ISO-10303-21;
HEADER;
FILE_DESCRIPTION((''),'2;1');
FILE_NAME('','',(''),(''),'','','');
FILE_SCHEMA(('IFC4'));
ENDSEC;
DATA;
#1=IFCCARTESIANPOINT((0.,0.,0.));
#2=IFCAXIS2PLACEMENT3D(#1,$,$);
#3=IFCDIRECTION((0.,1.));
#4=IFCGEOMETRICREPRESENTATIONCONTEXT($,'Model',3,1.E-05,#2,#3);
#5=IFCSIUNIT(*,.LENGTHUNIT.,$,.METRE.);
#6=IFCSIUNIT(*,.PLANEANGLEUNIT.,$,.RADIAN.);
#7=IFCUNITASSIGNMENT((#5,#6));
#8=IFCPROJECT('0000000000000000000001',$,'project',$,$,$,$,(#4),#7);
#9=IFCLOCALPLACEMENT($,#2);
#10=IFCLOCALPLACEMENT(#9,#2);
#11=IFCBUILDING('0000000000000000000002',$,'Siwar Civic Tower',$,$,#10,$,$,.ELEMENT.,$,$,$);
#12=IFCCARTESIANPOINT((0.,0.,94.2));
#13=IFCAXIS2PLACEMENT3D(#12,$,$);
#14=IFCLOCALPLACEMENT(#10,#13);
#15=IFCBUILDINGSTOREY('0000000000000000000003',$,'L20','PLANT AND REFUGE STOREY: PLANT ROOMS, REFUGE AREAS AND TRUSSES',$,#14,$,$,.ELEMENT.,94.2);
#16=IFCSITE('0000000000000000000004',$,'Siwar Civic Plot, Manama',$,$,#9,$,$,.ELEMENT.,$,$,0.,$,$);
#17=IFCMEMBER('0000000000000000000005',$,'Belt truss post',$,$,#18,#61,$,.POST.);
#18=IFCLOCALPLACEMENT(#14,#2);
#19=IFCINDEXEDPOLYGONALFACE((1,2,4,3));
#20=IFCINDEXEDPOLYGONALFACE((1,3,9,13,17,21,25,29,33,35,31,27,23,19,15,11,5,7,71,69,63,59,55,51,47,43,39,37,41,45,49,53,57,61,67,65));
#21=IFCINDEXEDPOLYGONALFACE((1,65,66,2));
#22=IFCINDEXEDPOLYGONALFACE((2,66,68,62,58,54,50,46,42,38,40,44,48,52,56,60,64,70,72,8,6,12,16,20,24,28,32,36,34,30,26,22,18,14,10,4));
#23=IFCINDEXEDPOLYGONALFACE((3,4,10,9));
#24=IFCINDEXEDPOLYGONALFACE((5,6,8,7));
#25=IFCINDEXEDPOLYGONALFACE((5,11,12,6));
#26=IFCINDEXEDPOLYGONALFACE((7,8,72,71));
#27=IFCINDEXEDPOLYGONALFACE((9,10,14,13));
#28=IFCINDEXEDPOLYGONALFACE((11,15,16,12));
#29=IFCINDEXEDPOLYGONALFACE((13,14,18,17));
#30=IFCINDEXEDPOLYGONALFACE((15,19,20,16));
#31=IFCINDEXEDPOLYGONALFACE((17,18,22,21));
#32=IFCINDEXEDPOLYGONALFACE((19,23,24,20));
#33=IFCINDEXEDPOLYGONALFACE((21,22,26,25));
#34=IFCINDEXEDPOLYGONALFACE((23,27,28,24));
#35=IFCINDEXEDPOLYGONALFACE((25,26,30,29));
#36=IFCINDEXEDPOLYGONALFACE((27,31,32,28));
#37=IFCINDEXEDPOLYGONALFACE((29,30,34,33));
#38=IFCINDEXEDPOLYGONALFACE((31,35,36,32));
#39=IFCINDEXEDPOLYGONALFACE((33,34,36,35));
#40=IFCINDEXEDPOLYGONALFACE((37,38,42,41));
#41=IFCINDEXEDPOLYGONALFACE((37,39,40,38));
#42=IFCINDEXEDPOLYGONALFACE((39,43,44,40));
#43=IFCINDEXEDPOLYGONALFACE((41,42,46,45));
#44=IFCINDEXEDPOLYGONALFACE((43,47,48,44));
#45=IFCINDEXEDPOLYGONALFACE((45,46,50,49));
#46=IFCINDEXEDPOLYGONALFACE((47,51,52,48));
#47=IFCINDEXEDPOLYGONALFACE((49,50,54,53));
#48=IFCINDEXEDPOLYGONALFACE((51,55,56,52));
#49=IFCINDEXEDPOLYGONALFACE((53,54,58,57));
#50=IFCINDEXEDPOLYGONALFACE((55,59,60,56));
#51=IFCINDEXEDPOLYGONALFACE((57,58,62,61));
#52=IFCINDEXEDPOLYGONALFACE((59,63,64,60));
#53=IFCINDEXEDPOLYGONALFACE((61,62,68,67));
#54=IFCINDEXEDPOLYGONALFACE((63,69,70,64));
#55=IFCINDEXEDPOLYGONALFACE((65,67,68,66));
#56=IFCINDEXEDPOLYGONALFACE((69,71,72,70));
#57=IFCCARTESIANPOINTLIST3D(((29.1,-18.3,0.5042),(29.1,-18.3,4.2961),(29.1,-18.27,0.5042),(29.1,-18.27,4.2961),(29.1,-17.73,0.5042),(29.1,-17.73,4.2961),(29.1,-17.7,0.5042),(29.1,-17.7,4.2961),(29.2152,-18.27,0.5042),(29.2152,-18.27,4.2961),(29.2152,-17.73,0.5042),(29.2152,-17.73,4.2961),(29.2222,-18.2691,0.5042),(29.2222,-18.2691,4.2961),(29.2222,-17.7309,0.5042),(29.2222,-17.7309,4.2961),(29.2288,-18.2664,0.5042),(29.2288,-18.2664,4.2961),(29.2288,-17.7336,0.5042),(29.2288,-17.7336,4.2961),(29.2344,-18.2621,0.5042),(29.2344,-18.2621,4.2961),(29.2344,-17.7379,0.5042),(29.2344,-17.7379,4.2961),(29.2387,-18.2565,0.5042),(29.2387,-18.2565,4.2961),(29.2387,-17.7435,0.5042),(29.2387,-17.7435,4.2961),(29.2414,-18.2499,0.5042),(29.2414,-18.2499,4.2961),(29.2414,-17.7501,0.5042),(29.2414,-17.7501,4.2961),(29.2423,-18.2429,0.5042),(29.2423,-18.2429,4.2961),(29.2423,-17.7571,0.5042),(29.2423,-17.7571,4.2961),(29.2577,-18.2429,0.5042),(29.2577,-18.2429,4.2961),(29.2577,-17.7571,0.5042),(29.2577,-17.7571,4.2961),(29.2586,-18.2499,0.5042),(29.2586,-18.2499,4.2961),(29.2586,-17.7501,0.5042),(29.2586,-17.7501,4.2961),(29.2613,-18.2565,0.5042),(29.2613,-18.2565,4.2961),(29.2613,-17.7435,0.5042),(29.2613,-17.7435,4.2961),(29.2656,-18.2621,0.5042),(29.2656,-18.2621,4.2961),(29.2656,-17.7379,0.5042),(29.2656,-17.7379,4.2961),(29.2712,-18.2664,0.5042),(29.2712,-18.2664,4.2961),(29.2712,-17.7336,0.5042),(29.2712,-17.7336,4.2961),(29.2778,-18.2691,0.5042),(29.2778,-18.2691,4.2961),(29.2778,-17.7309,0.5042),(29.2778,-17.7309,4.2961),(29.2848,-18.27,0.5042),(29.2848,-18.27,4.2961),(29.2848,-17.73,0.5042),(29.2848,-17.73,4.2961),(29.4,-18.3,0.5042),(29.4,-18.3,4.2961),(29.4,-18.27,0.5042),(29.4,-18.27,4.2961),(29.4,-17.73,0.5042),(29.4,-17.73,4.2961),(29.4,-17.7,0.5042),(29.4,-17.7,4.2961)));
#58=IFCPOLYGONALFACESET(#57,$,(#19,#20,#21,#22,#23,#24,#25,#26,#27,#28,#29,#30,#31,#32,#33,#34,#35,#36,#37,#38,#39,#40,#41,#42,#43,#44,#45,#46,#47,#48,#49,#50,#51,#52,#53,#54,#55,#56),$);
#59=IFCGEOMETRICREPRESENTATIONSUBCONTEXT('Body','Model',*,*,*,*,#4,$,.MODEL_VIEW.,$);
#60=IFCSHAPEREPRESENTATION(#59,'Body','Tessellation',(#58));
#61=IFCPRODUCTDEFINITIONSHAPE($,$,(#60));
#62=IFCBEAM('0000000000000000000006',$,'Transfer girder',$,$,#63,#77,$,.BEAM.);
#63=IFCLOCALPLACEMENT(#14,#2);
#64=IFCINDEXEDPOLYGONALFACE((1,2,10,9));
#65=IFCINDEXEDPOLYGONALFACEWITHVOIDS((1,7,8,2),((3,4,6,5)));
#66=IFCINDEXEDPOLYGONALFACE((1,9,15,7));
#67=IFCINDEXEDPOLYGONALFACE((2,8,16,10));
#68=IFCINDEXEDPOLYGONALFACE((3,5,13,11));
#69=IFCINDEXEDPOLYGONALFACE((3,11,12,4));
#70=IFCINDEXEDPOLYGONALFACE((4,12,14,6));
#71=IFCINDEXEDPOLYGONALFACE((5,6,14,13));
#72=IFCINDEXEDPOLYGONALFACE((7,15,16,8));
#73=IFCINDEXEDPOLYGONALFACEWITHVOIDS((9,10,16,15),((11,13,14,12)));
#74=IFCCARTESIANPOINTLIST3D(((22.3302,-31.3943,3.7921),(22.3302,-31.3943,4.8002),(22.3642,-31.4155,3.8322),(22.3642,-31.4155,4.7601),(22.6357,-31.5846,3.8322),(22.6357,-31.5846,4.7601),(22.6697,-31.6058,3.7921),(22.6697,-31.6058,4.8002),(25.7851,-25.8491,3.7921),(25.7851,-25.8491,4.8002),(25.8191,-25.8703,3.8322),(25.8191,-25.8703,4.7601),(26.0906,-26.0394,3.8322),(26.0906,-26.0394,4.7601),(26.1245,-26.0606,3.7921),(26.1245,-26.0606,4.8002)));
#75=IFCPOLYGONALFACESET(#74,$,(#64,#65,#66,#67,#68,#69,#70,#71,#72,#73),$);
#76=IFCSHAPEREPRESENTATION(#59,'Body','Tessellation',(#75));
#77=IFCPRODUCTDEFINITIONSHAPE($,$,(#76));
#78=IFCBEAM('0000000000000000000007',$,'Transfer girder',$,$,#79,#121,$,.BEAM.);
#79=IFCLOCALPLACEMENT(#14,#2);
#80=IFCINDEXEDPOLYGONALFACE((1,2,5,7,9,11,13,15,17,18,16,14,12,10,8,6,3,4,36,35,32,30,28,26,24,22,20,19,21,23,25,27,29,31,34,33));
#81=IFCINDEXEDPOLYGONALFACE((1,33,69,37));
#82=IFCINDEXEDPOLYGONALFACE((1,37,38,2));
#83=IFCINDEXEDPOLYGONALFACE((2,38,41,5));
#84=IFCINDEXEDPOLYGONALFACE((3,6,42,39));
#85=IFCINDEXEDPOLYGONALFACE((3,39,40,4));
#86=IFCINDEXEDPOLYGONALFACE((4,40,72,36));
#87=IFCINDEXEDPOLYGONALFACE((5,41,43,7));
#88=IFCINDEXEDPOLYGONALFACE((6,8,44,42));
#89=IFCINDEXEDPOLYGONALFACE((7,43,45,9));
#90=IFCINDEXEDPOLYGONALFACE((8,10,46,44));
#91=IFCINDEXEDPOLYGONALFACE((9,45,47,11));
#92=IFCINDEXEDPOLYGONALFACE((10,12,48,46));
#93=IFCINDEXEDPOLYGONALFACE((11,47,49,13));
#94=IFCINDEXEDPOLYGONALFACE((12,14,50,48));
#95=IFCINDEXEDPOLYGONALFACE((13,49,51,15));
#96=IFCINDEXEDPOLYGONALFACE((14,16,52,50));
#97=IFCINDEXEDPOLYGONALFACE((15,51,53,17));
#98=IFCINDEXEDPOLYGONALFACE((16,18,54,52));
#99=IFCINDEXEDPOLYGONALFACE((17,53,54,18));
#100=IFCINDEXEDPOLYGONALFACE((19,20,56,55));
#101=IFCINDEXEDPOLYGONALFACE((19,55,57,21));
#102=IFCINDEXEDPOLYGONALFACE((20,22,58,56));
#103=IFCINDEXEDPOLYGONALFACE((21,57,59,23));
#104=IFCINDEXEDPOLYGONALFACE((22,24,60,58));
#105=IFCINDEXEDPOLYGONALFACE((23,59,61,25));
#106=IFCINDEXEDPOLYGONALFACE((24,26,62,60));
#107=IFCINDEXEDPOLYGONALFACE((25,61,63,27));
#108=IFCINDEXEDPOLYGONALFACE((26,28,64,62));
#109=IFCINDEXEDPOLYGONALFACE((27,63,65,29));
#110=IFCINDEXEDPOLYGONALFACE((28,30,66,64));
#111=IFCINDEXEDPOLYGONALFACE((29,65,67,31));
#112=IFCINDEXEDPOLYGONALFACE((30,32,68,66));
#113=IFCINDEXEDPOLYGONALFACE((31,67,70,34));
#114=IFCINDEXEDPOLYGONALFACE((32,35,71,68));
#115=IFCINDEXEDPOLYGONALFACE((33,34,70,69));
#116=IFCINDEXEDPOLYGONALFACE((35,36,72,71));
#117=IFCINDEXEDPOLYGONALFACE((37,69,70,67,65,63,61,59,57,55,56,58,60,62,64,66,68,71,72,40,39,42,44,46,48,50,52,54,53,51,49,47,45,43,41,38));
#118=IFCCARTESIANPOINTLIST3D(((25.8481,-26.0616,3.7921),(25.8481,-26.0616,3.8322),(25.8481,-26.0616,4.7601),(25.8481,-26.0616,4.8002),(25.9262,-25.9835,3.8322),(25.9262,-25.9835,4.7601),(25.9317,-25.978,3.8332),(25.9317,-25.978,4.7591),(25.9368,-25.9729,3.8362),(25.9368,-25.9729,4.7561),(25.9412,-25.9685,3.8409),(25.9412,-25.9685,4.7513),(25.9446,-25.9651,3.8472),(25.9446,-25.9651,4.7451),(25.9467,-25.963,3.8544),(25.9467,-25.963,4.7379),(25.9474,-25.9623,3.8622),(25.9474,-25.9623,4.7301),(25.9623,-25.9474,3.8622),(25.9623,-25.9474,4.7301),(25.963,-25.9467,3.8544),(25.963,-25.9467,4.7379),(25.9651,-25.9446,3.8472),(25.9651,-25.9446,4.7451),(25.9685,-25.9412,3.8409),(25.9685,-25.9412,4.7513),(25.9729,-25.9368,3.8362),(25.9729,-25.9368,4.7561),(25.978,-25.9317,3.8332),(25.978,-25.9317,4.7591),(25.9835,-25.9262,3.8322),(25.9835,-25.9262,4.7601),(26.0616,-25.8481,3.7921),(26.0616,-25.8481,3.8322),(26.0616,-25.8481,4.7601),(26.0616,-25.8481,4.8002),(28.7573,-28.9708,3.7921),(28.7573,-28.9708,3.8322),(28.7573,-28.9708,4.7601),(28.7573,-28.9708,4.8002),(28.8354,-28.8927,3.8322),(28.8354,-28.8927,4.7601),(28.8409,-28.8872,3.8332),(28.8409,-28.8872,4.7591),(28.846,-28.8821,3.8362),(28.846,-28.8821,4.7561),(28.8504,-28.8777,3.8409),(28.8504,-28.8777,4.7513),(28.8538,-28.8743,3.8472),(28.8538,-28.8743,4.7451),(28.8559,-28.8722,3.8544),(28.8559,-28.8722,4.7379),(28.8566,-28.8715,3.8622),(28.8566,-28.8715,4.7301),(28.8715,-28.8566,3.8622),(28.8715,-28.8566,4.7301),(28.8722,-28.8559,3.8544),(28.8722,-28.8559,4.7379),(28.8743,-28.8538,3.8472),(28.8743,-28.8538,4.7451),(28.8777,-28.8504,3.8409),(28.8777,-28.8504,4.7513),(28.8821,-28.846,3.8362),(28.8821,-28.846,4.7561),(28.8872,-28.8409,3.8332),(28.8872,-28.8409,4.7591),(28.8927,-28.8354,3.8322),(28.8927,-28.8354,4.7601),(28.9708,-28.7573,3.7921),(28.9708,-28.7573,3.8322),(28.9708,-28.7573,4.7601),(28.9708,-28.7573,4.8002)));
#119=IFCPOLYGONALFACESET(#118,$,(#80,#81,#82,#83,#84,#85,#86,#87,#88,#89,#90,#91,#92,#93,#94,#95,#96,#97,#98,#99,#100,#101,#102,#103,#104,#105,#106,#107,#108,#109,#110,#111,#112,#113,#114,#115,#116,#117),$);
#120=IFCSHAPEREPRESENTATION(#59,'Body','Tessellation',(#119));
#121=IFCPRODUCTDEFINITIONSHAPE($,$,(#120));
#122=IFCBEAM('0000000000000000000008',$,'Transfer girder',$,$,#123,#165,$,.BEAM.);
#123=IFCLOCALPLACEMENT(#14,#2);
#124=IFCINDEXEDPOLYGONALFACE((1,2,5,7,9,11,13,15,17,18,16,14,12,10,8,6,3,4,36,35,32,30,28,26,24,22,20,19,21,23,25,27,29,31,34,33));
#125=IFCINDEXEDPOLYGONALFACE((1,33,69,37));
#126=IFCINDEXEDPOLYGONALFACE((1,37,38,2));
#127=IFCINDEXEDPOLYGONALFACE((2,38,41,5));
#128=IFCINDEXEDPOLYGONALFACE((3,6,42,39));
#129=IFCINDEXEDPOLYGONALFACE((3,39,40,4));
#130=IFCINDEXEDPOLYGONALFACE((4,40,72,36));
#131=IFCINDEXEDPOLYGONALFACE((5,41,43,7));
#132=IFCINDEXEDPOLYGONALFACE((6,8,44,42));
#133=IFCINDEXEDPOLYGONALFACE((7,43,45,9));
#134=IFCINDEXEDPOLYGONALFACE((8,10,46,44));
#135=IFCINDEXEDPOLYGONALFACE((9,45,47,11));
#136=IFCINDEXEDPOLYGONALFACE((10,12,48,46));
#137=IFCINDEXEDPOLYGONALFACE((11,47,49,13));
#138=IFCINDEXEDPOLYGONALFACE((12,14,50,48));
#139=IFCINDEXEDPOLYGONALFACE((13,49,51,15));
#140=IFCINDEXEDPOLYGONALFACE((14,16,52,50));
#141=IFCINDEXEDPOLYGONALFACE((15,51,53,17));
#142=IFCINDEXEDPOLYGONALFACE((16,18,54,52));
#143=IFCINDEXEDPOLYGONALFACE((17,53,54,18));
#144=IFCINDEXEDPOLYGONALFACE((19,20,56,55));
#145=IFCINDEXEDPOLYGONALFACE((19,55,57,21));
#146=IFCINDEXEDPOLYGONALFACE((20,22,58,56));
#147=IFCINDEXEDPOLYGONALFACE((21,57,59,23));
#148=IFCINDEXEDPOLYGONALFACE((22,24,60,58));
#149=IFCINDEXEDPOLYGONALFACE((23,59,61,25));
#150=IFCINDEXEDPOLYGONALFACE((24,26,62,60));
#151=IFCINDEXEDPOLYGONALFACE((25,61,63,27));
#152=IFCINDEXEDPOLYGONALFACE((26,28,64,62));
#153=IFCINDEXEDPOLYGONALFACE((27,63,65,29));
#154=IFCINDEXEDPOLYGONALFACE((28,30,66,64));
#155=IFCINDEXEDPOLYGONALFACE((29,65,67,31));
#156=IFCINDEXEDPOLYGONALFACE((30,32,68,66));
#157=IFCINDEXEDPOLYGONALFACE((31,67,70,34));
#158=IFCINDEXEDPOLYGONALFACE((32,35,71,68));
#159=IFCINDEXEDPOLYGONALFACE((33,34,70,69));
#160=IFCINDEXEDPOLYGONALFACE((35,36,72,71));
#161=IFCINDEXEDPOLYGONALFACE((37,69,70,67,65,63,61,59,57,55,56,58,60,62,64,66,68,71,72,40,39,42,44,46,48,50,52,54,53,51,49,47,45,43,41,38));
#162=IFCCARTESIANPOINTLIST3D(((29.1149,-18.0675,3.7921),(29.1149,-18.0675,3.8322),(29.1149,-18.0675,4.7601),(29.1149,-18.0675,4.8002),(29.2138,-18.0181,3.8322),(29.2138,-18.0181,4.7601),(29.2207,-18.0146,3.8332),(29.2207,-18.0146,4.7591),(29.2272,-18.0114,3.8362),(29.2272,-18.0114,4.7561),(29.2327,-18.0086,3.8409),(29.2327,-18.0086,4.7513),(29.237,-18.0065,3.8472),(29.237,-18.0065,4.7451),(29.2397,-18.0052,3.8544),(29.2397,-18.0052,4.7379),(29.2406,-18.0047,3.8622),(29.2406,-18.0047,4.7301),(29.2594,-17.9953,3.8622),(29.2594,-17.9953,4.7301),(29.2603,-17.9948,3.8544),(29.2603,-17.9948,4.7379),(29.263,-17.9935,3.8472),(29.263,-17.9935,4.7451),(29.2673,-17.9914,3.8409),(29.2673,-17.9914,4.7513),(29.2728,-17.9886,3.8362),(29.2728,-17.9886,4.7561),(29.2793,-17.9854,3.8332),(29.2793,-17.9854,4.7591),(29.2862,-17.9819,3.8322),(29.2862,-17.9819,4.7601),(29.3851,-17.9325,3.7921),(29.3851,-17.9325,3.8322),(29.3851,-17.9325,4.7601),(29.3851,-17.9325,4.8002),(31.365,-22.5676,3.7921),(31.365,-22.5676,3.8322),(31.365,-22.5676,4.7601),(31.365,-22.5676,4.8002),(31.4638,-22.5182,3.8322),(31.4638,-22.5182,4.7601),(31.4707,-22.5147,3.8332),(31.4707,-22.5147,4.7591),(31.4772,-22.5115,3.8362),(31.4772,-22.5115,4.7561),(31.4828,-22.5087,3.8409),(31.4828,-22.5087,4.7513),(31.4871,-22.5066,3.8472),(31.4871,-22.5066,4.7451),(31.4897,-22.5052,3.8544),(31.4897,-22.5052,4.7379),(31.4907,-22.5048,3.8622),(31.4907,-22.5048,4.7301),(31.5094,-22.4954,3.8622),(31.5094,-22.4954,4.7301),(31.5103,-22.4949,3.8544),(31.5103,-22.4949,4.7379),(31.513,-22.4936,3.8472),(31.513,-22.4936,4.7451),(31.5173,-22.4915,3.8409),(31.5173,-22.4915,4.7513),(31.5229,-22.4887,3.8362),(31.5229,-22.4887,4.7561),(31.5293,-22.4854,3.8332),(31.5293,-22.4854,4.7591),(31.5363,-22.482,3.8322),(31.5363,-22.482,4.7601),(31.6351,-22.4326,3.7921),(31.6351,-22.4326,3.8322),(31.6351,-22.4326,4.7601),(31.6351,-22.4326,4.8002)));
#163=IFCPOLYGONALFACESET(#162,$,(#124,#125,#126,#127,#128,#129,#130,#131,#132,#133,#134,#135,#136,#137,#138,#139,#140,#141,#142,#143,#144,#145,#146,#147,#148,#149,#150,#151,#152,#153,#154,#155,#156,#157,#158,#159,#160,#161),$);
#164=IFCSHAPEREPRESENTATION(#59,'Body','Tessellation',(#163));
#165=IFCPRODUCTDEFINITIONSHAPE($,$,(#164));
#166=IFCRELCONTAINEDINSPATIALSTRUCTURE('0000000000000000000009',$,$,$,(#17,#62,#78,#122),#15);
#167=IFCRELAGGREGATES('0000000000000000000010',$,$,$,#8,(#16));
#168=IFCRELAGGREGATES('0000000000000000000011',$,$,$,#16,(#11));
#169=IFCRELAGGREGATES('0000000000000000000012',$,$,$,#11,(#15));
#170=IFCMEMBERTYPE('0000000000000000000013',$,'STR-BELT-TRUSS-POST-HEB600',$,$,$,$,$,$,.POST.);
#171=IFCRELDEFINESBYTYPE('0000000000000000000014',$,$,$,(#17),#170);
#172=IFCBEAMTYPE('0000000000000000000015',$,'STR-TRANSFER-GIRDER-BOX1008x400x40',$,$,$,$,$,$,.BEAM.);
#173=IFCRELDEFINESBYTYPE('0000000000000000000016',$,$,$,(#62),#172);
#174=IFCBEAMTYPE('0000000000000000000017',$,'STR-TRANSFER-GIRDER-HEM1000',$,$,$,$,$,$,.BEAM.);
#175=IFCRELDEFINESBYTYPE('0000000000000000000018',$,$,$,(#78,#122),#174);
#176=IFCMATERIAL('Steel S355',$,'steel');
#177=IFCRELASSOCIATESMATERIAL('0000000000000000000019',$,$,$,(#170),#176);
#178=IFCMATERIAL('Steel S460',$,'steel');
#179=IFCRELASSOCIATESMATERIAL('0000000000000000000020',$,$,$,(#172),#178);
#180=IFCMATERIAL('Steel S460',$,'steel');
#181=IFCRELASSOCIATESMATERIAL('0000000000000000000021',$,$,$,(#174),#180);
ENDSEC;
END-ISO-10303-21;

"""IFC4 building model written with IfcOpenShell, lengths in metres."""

from ifc_helpers import new_model, si_unit, direction, frame, origin, origin_2d, place, context, subcontext, project, spatial, hollow_rectangle, i_section, extrude, material, material_profile, profile_set, type_object, element, save


model = new_model("IFC4")

# Units and contexts
model_context = context("Model", 3, precision=1e-05, world=origin(), true_north=direction((0.0, 1.0)))
body_context = subcontext(model_context, "Body", "Model", "MODEL_VIEW")
ifc_project = project(units=[si_unit("LENGTHUNIT", "METRE"), si_unit("PLANEANGLEUNIT", "RADIAN")], contexts=[model_context])

# Site, building, storey
site_placement = place(None, origin())
site = spatial("IfcSite", under=ifc_project, at=site_placement, Name="Siwar Civic Plot, Manama", CompositionType="ELEMENT", RefElevation=0.0)
building_placement = place(site_placement, origin())
building = spatial("IfcBuilding", under=site, at=building_placement, Name="Siwar Civic Tower", CompositionType="ELEMENT")
storey_placement = place(building_placement, frame((0.0, 0.0, 94.2)))
storey = spatial("IfcBuildingStorey", under=building, at=storey_placement, Name="L20", Description="PLANT AND REFUGE STOREY: PLANT ROOMS, REFUGE AREAS AND TRUSSES", CompositionType="ELEMENT", Elevation=94.2)

# Member
ifc_material_1 = material(Name="Steel S355", Category="steel")
ifc_material_profile_1 = material_profile(ifc_material_1, i_section(OverallWidth=0.3, OverallDepth=0.6001, WebThickness=0.0154, FlangeThickness=0.03, FilletRadius=0.0271, at=origin_2d()), Name="HEB600")
ifc_profile_set_1 = profile_set([ifc_material_profile_1], Name="Steel S355")
member_type_1 = type_object("IfcMemberType", Name="STR-BELT-TRUSS-POST-HEB600", PredefinedType="POST", material=ifc_profile_set_1)
for number, where, z_axis, x_axis, name in (
    (1, (29.25, -18.0, 0.5042), (0.0, 0.0, 1.0), (1.0, 0.0, 0.0), "Belt truss post"),
):
    element("IfcMember", number, at=place(storey_placement, frame(where, z_axis=z_axis, x_axis=x_axis)), inside=storey, type_object=member_type_1, Name=name, PredefinedType="POST", context=body_context, shape_type="SweptSolid", body=[
        extrude(i_section(OverallWidth=0.3, OverallDepth=0.6001, WebThickness=0.0154, FlangeThickness=0.03, FilletRadius=0.0271, at=origin_2d()), origin(), (0.0, 0.0, 1.0), 3.792),
    ])

# Beams
ifc_material_2 = material(Name="Steel S460", Category="steel")
ifc_material_profile_2 = material_profile(ifc_material_2, hollow_rectangle(XDim=0.3999, YDim=1.0081, WallThickness=0.04, at=origin_2d()), Name="BOX1008x400x40")
ifc_profile_set_2 = profile_set([ifc_material_profile_2], Name="Steel S460")
beam_type_1 = type_object("IfcBeamType", Name="STR-TRANSFER-GIRDER-BOX1008x400x40", PredefinedType="BEAM", material=ifc_profile_set_2)
beam_1_placement = place(storey_placement, frame((25.9548, -25.9548, 4.2961), z_axis=(-0.528799, -0.848747, 0.0), x_axis=(0.848747, -0.528799, 0.0)))
element("IfcBeam", 2, at=beam_1_placement, inside=storey, type_object=beam_type_1, Name="Transfer girder", PredefinedType="BEAM", context=body_context, shape_type="SweptSolid", body=[
    extrude(hollow_rectangle(XDim=0.3999, YDim=1.0081, WallThickness=0.04, at=origin_2d()), origin(), (0.0, 0.0, 1.0), 6.5334),
])
ifc_material_3 = material(Name="Steel S460", Category="steel")
ifc_material_profile_3 = material_profile(ifc_material_3, i_section(OverallWidth=0.302, OverallDepth=1.0081, WebThickness=0.021, FlangeThickness=0.04, FilletRadius=0.03, at=origin_2d()), Name="HEM1000")
ifc_profile_set_3 = profile_set([ifc_material_profile_3], Name="Steel S460")
beam_type_2 = type_object("IfcBeamType", Name="STR-TRANSFER-GIRDER-HEM1000", PredefinedType="BEAM", material=ifc_profile_set_3)
beam_2_placement = place(storey_placement, frame((25.9548, -25.9548, 4.2961), z_axis=(0.707107, -0.707107, 0.0), x_axis=(0.707107, 0.707107, 0.0)))
element("IfcBeam", 3, at=beam_2_placement, inside=storey, type_object=beam_type_2, Name="Transfer girder", PredefinedType="BEAM", context=body_context, shape_type="SweptSolid", body=[
    extrude(i_section(OverallWidth=0.302, OverallDepth=1.0081, WebThickness=0.021, FlangeThickness=0.04, FilletRadius=0.03, at=origin_2d()), origin(), (0.0, 0.0, 1.0), 4.1143),
])
for number, where, z_axis, x_axis, name in (
    (4, (29.25, -18.0, 4.2961), (0.447214, -0.894427, 0.0), (0.894427, 0.447214, 0.0), "Transfer girder"),
):
    element("IfcBeam", number, at=place(storey_placement, frame(where, z_axis=z_axis, x_axis=x_axis)), inside=storey, type_object=beam_type_2, Name=name, PredefinedType="BEAM", context=body_context, shape_type="SweptSolid", body=[
        extrude(i_section(OverallWidth=0.302, OverallDepth=1.0081, WebThickness=0.021, FlangeThickness=0.04, FilletRadius=0.03, at=origin_2d()), origin(), (0.0, 0.0, 1.0), 5.0312),
    ])

save(model, "model.ifc")
